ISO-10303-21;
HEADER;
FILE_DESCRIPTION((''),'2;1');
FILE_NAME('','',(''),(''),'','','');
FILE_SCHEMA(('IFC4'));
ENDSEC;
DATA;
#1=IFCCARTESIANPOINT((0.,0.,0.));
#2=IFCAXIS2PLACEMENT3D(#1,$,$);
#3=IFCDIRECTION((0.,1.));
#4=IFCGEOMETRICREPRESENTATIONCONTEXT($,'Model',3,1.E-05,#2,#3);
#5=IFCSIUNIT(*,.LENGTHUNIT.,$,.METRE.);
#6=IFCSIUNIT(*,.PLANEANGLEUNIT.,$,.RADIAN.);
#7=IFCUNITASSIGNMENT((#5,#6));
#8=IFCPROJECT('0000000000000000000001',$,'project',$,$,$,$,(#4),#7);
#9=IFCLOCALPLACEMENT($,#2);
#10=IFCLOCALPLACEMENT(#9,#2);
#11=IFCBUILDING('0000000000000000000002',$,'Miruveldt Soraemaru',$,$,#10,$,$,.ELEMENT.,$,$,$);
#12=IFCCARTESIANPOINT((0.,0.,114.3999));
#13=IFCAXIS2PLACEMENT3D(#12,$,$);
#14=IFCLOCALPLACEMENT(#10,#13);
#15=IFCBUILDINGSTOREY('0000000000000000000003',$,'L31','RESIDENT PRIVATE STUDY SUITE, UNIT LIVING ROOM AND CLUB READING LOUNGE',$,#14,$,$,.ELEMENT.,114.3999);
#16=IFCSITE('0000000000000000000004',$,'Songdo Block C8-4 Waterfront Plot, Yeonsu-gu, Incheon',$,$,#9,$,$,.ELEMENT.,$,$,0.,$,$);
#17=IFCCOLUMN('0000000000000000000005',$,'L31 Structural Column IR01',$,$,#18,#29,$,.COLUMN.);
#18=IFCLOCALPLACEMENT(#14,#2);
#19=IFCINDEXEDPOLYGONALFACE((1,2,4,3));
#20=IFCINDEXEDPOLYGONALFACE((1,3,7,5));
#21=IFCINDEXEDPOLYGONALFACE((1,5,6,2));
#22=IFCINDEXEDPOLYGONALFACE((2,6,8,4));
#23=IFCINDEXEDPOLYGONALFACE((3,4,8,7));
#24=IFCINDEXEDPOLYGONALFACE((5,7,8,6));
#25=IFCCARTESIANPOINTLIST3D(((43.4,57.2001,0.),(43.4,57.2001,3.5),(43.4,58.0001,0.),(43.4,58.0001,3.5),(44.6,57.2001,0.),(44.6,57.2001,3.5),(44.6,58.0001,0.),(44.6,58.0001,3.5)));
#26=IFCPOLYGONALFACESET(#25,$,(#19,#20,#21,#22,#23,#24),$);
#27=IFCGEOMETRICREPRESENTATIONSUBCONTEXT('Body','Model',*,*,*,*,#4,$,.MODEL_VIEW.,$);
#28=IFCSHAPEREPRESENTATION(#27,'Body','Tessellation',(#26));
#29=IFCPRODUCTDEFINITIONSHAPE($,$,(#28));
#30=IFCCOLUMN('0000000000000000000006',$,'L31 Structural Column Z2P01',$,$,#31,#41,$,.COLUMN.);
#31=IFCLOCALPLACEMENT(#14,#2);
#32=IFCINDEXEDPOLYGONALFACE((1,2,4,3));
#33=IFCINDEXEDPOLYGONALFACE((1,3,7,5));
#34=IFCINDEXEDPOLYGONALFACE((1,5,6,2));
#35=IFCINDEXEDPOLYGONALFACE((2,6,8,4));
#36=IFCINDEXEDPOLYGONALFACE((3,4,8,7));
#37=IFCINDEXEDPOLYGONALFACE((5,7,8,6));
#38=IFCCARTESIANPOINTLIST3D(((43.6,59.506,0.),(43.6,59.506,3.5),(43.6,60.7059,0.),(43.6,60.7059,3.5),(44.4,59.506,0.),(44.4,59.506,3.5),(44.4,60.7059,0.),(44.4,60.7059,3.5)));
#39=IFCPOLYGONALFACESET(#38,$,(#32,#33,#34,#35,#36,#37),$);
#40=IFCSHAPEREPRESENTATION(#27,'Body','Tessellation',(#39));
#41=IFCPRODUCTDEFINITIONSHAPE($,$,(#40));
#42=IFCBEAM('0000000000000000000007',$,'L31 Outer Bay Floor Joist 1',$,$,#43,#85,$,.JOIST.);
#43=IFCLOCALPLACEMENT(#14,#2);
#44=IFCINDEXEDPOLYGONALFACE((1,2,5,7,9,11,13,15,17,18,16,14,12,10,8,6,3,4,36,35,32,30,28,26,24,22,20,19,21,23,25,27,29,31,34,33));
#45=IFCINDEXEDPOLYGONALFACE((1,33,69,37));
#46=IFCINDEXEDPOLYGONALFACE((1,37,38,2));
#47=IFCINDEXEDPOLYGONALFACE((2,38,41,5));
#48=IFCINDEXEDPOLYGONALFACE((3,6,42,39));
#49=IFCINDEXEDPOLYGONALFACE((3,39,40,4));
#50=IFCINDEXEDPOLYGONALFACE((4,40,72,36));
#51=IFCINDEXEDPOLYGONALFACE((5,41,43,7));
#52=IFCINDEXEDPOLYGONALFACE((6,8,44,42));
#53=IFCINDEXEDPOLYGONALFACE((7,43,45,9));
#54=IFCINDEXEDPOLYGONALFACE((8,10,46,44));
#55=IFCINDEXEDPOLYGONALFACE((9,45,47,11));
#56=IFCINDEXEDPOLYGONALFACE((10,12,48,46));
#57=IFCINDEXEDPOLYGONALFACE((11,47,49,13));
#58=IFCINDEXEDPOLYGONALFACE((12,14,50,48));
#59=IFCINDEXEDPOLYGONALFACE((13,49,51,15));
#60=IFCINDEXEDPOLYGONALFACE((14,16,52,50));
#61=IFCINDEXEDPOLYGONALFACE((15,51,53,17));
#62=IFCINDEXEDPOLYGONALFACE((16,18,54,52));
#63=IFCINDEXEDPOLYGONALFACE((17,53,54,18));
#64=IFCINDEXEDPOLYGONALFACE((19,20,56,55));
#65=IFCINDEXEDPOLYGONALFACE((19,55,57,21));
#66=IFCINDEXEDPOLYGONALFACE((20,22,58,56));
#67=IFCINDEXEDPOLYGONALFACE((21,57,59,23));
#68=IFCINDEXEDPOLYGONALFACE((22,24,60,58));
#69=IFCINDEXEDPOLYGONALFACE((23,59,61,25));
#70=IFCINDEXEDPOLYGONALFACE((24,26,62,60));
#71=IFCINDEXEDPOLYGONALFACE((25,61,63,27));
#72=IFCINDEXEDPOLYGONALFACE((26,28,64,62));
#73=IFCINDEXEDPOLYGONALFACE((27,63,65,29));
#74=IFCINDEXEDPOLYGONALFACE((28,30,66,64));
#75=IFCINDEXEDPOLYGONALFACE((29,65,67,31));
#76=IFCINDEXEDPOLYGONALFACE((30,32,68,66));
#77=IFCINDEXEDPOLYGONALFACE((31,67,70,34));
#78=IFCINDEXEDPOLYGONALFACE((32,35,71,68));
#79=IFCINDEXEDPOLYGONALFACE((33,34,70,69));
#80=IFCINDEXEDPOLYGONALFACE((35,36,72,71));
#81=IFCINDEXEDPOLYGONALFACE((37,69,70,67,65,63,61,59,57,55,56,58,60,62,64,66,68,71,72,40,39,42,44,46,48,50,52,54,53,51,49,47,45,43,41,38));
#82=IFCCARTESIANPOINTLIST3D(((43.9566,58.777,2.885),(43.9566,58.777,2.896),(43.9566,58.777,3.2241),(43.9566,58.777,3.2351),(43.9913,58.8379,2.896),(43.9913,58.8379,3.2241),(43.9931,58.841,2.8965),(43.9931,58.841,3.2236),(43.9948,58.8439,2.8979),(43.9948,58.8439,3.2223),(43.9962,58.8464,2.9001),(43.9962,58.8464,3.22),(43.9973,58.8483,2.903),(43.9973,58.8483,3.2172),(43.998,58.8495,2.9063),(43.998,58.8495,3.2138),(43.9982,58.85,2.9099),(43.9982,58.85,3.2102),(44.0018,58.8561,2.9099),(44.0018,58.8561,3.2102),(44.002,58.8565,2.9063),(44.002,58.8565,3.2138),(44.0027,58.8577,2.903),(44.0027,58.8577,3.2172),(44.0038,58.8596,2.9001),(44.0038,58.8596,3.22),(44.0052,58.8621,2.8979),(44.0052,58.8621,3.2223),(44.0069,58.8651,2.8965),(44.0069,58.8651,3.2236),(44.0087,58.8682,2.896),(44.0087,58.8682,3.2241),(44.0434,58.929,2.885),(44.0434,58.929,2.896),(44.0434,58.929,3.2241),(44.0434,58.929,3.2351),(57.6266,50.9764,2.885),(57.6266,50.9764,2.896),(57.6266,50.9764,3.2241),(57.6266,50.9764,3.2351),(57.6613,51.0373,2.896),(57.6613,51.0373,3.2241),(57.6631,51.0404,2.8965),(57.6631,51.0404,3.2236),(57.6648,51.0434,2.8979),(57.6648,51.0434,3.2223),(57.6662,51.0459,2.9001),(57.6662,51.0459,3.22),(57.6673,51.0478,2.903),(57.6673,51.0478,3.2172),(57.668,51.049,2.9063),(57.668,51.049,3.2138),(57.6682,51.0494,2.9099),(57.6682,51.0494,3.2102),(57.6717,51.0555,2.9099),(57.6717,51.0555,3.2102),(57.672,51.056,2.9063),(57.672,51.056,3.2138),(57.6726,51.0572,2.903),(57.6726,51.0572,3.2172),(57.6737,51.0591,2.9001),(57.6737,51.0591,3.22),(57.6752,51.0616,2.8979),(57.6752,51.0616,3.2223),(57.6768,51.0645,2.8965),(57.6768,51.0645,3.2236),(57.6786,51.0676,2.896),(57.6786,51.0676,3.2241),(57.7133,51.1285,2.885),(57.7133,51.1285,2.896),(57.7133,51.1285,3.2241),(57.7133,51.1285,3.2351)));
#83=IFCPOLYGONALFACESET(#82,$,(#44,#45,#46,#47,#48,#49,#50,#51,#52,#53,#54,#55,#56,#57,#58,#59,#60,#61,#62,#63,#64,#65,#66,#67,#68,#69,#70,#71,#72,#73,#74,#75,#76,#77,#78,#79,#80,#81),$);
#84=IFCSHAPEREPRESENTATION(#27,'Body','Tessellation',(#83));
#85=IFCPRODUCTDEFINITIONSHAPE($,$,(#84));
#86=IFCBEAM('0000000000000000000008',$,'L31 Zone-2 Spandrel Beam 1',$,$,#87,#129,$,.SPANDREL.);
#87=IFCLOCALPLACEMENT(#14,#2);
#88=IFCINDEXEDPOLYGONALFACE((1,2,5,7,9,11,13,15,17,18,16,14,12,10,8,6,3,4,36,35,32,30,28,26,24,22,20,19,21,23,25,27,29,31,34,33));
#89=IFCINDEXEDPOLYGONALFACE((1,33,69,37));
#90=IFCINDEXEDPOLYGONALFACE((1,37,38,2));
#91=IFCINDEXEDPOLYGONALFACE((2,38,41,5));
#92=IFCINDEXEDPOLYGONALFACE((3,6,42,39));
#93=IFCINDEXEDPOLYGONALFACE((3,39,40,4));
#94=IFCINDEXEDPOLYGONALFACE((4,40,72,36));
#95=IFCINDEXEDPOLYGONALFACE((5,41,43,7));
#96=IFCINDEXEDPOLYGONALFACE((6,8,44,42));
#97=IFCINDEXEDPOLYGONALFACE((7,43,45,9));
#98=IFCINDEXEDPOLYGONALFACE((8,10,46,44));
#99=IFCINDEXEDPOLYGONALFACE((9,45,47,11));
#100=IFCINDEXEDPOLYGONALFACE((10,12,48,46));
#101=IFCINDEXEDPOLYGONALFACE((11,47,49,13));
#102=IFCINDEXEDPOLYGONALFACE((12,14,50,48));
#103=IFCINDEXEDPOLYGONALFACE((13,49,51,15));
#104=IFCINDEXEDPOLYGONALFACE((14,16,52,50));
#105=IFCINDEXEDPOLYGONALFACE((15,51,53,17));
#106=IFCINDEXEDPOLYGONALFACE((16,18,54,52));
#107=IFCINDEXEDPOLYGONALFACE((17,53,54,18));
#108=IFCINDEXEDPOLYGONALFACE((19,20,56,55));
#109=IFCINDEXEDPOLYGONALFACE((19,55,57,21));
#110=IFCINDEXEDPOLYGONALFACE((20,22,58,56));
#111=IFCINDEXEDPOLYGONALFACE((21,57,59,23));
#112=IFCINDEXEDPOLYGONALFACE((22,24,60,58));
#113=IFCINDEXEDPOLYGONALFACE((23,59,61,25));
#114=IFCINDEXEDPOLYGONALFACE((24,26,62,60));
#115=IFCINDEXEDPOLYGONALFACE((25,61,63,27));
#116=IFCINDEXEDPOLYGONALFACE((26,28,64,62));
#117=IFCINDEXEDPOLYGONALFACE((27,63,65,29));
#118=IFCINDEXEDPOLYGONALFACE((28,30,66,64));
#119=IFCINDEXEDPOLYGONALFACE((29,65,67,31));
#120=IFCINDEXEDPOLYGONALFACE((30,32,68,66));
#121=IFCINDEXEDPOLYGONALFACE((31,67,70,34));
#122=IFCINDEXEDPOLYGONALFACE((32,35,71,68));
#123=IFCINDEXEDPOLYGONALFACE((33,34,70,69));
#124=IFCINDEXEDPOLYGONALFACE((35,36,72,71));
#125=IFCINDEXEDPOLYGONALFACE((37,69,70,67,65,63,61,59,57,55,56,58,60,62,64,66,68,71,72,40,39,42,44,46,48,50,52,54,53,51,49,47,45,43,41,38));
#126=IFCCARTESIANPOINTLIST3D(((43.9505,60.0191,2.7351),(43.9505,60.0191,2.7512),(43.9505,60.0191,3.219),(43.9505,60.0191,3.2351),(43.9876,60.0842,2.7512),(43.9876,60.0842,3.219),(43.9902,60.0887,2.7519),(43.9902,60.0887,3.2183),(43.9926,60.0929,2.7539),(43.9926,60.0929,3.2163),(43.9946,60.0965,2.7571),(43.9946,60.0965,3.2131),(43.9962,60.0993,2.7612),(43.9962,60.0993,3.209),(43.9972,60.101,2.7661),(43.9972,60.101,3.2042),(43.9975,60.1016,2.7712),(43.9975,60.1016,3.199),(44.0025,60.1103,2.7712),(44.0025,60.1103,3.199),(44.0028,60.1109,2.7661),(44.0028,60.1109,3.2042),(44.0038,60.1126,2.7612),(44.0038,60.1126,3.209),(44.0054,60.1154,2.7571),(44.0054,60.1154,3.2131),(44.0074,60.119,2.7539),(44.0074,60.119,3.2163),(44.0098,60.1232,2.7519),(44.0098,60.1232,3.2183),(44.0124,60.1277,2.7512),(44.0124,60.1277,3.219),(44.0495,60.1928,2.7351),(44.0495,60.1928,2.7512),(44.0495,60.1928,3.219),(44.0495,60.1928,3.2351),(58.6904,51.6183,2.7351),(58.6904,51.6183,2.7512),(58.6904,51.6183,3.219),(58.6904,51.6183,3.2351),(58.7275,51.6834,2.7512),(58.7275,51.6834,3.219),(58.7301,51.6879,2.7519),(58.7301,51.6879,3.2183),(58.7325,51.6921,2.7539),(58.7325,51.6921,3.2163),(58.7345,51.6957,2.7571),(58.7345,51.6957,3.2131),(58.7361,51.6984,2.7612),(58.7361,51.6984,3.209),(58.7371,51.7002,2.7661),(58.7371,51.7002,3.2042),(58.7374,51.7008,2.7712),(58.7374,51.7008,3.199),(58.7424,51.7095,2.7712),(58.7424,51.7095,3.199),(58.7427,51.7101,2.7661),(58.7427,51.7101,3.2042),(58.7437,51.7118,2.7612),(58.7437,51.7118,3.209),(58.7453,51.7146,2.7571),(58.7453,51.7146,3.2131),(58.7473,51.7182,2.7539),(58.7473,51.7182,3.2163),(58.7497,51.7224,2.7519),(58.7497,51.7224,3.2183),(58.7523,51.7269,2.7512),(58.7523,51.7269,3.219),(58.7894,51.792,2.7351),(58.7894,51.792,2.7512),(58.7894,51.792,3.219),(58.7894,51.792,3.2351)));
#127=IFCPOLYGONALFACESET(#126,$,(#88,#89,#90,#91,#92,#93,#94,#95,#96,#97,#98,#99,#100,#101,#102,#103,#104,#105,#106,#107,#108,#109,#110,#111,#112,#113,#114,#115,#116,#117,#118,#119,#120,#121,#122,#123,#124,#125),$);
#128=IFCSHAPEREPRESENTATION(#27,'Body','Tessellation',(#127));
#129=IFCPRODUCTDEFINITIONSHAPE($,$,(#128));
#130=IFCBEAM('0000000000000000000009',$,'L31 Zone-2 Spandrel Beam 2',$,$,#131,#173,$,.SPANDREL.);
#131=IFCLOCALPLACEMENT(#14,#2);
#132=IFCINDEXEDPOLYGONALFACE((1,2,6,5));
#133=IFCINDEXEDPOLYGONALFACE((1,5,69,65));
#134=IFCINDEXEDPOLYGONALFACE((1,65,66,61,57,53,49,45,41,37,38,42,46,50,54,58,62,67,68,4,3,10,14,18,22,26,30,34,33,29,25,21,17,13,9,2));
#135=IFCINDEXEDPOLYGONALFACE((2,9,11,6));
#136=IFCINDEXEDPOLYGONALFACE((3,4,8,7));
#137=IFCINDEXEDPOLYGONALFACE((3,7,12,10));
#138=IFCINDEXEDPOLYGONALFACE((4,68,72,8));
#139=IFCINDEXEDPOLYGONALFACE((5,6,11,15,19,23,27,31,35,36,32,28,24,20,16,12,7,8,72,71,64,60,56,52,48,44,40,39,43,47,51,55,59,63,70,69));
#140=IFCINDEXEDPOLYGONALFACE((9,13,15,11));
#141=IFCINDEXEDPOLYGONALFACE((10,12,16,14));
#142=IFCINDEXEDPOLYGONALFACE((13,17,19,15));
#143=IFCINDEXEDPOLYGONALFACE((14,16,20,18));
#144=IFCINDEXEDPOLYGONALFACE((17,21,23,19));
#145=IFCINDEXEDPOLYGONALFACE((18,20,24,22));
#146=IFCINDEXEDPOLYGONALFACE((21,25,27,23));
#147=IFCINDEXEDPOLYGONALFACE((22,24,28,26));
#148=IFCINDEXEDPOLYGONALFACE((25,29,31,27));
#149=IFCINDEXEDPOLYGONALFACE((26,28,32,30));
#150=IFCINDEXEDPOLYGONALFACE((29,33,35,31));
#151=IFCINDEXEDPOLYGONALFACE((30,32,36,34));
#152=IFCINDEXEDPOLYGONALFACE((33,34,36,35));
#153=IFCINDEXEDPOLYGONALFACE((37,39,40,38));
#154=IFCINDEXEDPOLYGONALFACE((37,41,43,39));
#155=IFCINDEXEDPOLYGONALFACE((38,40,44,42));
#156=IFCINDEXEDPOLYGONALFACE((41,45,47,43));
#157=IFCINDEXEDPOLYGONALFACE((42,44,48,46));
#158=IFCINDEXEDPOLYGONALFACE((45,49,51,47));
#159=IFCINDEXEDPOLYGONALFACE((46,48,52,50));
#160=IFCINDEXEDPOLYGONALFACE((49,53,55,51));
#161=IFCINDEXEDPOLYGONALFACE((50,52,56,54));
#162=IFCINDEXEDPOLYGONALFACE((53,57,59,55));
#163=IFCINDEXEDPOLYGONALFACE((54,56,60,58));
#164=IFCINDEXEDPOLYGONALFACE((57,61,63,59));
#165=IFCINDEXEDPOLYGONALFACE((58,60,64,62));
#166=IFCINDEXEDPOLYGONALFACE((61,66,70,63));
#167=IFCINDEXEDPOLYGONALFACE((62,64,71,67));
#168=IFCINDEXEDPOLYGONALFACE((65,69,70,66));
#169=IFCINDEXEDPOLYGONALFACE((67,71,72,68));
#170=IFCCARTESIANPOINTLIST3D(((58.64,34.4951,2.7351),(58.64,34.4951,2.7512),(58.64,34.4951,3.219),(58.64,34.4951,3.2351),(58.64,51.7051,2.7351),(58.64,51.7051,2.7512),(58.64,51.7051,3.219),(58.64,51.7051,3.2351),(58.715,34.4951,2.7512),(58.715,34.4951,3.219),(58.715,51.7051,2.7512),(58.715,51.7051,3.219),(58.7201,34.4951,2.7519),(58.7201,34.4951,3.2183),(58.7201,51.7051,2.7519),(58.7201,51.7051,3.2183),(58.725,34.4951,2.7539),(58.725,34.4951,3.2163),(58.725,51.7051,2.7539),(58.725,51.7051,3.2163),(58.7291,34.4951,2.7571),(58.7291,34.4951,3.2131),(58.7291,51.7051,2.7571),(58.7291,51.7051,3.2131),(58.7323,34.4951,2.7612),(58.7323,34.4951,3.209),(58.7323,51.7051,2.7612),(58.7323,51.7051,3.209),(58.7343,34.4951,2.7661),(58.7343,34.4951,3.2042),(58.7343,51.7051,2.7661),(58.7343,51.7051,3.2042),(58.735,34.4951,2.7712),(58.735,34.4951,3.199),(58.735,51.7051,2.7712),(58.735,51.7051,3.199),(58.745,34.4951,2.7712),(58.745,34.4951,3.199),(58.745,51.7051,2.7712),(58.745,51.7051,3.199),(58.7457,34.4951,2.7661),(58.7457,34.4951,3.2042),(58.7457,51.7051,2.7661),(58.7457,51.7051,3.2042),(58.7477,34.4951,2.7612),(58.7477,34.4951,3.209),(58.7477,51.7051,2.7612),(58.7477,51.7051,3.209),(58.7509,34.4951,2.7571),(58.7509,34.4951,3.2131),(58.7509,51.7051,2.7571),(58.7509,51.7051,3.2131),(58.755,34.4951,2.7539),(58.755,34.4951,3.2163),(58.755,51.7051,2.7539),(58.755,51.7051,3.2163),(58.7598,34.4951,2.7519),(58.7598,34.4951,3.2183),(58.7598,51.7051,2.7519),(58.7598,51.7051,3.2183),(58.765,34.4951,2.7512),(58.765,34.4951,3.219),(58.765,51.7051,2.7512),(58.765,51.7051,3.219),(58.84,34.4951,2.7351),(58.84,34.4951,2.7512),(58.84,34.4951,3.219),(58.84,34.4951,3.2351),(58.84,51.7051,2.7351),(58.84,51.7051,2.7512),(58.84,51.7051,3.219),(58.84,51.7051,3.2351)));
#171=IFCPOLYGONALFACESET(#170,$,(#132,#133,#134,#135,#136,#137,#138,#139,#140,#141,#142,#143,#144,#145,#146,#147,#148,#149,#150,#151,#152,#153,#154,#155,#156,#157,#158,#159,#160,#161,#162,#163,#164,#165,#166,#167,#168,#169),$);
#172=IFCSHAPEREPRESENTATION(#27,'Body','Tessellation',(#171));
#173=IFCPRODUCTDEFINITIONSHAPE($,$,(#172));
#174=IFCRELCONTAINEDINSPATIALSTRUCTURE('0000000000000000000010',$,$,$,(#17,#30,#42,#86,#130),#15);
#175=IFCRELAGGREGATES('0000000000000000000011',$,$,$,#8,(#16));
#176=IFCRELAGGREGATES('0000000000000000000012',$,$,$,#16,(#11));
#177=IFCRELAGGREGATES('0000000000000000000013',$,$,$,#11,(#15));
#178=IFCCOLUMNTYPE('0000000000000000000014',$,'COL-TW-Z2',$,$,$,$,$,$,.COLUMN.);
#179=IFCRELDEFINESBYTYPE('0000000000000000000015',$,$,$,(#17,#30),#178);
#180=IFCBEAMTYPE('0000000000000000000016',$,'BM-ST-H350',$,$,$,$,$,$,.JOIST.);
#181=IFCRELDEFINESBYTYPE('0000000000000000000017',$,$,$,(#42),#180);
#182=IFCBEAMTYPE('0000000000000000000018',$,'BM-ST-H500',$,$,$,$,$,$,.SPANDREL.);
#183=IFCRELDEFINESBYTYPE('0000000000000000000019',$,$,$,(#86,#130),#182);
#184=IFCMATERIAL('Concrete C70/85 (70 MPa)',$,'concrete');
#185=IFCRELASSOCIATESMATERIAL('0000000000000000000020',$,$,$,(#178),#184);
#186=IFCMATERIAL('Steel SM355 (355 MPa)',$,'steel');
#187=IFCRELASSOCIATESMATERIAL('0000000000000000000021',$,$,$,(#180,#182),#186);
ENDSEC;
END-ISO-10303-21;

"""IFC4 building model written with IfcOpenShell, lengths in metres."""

from ifc_helpers import new_model, si_unit, direction, frame, origin, origin_2d, place, context, subcontext, project, spatial, rectangle, i_section, extrude, material, material_profile, profile_set, type_object, element, save


model = new_model("IFC4")

# Units and contexts
model_context = context("Model", 3, precision=1e-05, world=origin(), true_north=direction((0.0, 1.0)))
body_context = subcontext(model_context, "Body", "Model", "MODEL_VIEW")
ifc_project = project(units=[si_unit("LENGTHUNIT", "METRE"), si_unit("PLANEANGLEUNIT", "RADIAN")], contexts=[model_context])

# Site, building, storey
site_placement = place(None, origin())
site = spatial("IfcSite", under=ifc_project, at=site_placement, Name="Songdo Block C8-4 Waterfront Plot, Yeonsu-gu, Incheon", CompositionType="ELEMENT", RefElevation=0.0)
building_placement = place(site_placement, origin())
building = spatial("IfcBuilding", under=site, at=building_placement, Name="Miruveldt Soraemaru", CompositionType="ELEMENT")
storey_placement = place(building_placement, frame((0.0, 0.0, 114.3999)))
storey = spatial("IfcBuildingStorey", under=building, at=storey_placement, Name="L31", Description="RESIDENT PRIVATE STUDY SUITE, UNIT LIVING ROOM AND CLUB READING LOUNGE", CompositionType="ELEMENT", Elevation=114.3999)

# Columns
ifc_material_1 = material(Name="Concrete C70/85 (70 MPa)", Category="concrete")
ifc_material_profile_1 = material_profile(ifc_material_1, rectangle(XDim=1.2, YDim=0.8, at=origin_2d()), Name="Concrete C70/85 (70 MPa)", Category="concrete")
ifc_profile_set_1 = profile_set([ifc_material_profile_1], Name="Concrete C70/85 (70 MPa)")
column_type = type_object("IfcColumnType", Name="COL-TW-Z2", PredefinedType="COLUMN", material=ifc_profile_set_1)
for number, where, z_axis, x_axis, name in (
    (1, (44.0, 57.6001, 0.0), (0.0, 0.0, 1.0), (1.0, 0.0, 0.0), "L31 Structural Column IR01"),
    (2, (44.0, 60.106, 0.0), (0.0, 0.0, 1.0), (0.0, 1.0, 0.0), "L31 Structural Column Z2P01"),
):
    element("IfcColumn", number, at=place(storey_placement, frame(where, z_axis=z_axis, x_axis=x_axis)), inside=storey, type_object=column_type, Name=name, PredefinedType="COLUMN", context=body_context, shape_type="SweptSolid", body=[
        extrude(rectangle(XDim=1.2, YDim=0.8, at=origin_2d()), origin(), (0.0, 0.0, 1.0), 3.5),
    ])

# Beams
ifc_material_2 = material(Name="Steel SM355 (355 MPa)", Category="steel")
ifc_material_profile_2 = material_profile(ifc_material_2, i_section(OverallWidth=0.175, OverallDepth=0.3501, WebThickness=0.0071, FlangeThickness=0.011, FilletRadius=0.0139, at=origin_2d()), Name="Steel SM355 (355 MPa)", Category="steel")
ifc_profile_set_2 = profile_set([ifc_material_profile_2], Name="Steel SM355 (355 MPa)")
beam_type_1 = type_object("IfcBeamType", Name="BM-ST-H350", PredefinedType="JOIST", material=ifc_profile_set_2)
beam_1_placement = place(storey_placement, frame((44.0, 58.853, 3.0601), z_axis=(0.86854, -0.495619, 0.0), x_axis=(0.495619, 0.86854, 0.0)))
element("IfcBeam", 3, at=beam_1_placement, inside=storey, type_object=beam_type_1, Name="L31 Outer Bay Floor Joist 1", PredefinedType="JOIST", context=body_context, shape_type="SweptSolid", body=[
    extrude(i_section(OverallWidth=0.175, OverallDepth=0.3501, WebThickness=0.0071, FlangeThickness=0.011, FilletRadius=0.0139, at=origin_2d()), origin(), (0.0, 0.0, 1.0), 15.739),
])
ifc_material_profile_3 = material_profile(ifc_material_2, i_section(OverallWidth=0.2, OverallDepth=0.5, WebThickness=0.01, FlangeThickness=0.0161, FilletRadius=0.02, at=origin_2d()), Name="Steel SM355 (355 MPa)", Category="steel")
ifc_profile_set_3 = profile_set([ifc_material_profile_3], Name="Steel SM355 (355 MPa)")
beam_type_2 = type_object("IfcBeamType", Name="BM-ST-H500", PredefinedType="SPANDREL", material=ifc_profile_set_3)
beam_2_placement = place(storey_placement, frame((44.0, 60.106, 2.9851), z_axis=(0.8688, -0.495162, 0.0), x_axis=(0.495162, 0.8688, 0.0)))
element("IfcBeam", 4, at=beam_2_placement, inside=storey, type_object=beam_type_2, Name="L31 Zone-2 Spandrel Beam 1", PredefinedType="SPANDREL", context=body_context, shape_type="SweptSolid", body=[
    extrude(i_section(OverallWidth=0.2, OverallDepth=0.5, WebThickness=0.01, FlangeThickness=0.0161, FilletRadius=0.02, at=origin_2d()), origin(), (0.0, 0.0, 1.0), 16.9658),
])
beam_3_placement = place(storey_placement, frame((58.74, 51.7051, 2.9851), z_axis=(0.0, -1.0, 0.0), x_axis=(1.0, 0.0, 0.0)))
element("IfcBeam", 5, at=beam_3_placement, inside=storey, type_object=beam_type_2, Name="L31 Zone-2 Spandrel Beam 2", PredefinedType="SPANDREL", context=body_context, shape_type="SweptSolid", body=[
    extrude(i_section(OverallWidth=0.2, OverallDepth=0.5, WebThickness=0.01, FlangeThickness=0.0161, FilletRadius=0.02, at=origin_2d()), origin(), (0.0, 0.0, 1.0), 17.21),
])

save(model, "model.ifc")
